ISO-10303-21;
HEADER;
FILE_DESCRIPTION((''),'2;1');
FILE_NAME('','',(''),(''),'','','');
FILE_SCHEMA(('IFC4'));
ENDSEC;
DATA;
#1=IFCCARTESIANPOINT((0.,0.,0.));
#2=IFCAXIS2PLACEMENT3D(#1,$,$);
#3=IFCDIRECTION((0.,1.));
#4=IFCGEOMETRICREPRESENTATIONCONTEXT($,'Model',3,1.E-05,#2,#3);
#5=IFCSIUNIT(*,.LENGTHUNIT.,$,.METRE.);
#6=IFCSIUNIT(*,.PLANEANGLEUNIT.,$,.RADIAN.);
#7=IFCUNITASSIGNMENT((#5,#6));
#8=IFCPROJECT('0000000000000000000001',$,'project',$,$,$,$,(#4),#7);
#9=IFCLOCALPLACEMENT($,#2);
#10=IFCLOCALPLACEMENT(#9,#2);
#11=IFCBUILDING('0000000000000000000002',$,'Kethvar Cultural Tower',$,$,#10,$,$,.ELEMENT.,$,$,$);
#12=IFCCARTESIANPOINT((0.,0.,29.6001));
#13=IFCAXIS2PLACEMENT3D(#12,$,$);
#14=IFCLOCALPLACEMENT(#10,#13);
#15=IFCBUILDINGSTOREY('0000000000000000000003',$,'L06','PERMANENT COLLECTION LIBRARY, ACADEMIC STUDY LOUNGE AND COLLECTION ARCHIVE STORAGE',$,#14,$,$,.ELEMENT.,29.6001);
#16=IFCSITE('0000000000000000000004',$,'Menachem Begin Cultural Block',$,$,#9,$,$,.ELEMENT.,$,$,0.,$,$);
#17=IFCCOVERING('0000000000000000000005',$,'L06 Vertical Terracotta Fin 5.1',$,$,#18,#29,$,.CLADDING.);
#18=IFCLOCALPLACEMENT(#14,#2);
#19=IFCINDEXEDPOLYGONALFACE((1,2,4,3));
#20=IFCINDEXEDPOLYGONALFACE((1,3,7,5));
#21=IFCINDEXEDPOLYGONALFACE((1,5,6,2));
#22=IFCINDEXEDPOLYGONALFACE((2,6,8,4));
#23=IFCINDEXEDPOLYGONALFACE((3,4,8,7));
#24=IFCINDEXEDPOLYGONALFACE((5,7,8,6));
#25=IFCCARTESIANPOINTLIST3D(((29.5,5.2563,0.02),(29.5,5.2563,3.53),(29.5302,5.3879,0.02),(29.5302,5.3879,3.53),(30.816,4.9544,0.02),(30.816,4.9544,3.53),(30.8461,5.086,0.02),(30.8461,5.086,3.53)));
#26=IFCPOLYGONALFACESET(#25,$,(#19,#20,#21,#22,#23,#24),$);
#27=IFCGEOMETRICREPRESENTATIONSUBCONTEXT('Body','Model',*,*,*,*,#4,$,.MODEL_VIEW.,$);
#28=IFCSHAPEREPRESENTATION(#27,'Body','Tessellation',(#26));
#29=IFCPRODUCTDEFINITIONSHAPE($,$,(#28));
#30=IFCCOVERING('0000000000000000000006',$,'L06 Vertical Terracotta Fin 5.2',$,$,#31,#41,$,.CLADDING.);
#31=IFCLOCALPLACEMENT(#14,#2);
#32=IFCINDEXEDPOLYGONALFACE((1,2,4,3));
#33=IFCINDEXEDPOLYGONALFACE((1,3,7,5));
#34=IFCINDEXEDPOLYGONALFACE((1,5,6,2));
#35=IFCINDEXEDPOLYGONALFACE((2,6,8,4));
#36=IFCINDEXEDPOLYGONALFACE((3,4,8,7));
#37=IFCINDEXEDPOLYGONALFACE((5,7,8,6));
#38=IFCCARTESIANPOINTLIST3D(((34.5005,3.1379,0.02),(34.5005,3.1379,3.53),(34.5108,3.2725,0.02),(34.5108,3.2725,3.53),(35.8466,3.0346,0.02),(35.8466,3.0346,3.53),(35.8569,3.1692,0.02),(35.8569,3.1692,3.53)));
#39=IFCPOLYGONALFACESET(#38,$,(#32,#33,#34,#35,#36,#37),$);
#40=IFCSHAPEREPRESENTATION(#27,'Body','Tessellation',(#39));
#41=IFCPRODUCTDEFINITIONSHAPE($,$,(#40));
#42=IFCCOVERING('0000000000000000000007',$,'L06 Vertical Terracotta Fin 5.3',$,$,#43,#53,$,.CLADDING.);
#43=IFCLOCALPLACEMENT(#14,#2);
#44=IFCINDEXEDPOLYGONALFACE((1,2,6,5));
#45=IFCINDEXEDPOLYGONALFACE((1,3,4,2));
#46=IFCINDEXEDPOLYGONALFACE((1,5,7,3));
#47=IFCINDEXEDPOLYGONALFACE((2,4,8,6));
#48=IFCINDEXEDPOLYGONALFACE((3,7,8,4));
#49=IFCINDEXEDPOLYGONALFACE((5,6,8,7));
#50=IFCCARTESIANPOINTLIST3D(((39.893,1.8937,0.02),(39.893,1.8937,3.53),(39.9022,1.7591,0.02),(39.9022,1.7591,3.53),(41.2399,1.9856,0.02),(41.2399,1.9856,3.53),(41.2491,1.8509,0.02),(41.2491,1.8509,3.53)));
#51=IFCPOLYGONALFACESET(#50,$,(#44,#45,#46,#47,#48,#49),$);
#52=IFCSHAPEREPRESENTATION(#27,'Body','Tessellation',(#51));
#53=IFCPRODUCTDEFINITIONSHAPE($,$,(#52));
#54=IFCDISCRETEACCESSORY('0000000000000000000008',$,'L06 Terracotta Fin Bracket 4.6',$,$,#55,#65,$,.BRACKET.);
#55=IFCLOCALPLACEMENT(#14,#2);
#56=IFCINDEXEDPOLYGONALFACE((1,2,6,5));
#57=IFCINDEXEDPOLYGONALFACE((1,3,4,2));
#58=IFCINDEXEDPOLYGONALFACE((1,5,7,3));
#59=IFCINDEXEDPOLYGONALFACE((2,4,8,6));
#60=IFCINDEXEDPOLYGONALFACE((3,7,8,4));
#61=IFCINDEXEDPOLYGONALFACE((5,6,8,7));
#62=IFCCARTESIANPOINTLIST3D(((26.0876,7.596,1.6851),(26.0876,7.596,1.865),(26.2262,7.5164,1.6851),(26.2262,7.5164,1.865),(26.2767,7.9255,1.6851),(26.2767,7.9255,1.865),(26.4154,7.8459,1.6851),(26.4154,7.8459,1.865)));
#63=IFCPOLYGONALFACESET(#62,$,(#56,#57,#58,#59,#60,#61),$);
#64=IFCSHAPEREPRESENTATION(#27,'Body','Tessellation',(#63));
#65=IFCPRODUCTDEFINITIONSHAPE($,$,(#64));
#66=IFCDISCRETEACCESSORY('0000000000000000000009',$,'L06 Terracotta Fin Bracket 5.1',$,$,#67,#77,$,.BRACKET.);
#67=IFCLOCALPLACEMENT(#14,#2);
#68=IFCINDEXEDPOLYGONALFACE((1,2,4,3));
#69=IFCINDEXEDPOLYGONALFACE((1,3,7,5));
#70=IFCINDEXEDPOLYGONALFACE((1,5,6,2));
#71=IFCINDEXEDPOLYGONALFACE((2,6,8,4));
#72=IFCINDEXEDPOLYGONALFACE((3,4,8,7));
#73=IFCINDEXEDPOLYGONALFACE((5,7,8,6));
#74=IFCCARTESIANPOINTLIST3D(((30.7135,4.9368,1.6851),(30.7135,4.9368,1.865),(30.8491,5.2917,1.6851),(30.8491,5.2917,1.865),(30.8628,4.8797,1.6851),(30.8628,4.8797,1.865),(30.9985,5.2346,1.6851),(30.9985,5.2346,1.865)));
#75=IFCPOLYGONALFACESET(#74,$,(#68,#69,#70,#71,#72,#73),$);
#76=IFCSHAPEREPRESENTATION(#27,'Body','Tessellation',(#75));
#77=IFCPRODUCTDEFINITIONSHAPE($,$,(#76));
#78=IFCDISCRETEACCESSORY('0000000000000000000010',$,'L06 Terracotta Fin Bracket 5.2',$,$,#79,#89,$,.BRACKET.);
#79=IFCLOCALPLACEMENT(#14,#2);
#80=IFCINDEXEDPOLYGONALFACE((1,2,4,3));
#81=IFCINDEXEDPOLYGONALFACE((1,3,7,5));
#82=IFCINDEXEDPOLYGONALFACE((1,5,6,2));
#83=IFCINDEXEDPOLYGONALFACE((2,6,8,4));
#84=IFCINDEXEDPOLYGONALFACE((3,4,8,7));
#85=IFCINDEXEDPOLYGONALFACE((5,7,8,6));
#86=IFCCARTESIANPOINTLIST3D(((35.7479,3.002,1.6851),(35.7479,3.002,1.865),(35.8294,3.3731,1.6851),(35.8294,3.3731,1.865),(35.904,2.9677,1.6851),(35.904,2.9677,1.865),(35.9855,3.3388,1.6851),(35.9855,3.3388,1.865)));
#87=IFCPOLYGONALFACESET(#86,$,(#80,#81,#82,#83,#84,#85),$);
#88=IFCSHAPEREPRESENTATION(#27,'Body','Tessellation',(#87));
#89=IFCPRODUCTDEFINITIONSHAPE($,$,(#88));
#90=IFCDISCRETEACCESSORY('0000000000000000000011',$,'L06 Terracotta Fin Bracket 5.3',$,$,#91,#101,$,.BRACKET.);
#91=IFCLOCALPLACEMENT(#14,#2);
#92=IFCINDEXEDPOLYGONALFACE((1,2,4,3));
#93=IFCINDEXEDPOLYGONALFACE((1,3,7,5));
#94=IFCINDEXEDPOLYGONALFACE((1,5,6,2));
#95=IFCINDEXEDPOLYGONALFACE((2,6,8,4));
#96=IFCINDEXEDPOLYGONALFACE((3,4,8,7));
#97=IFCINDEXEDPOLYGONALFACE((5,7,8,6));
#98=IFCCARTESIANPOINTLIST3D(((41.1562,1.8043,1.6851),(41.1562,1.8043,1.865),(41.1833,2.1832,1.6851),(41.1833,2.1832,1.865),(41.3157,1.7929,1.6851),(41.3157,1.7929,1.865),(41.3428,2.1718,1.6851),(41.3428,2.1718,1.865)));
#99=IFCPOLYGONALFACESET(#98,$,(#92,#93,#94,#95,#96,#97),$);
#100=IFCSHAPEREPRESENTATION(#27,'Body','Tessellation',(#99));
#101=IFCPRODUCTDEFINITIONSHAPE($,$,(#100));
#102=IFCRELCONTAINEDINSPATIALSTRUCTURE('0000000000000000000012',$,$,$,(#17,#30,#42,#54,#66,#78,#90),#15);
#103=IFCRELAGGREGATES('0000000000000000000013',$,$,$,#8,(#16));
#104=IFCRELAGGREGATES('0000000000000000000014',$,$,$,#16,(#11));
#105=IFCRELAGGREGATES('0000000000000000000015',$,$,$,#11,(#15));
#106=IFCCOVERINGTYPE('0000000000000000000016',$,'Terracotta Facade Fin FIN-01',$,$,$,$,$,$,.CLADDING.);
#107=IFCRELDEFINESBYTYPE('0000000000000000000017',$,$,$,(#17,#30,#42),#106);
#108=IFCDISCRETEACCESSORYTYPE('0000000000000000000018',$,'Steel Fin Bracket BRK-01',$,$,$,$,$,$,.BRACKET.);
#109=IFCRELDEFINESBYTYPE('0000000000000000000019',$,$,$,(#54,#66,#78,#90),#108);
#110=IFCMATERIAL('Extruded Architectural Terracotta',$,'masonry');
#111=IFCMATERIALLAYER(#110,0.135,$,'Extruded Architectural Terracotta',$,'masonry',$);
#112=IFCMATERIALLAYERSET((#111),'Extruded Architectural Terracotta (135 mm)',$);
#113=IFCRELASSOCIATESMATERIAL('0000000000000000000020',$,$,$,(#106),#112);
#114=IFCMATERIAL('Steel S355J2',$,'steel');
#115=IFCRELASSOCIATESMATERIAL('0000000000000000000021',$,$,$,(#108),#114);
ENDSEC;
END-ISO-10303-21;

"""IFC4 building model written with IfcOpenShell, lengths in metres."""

from ifc_helpers import new_model, si_unit, direction, frame, origin, origin_2d, place, context, subcontext, project, spatial, rectangle, extrude, source, transform, mapped, material, layer, layer_set, type_object, element, save


model = new_model("IFC4")

# Units and contexts
model_context = context("Model", 3, precision=1e-05, world=origin(), true_north=direction((0.0, 1.0)))
body_context = subcontext(model_context, "Body", "Model", "MODEL_VIEW")
ifc_project = project(units=[si_unit("LENGTHUNIT", "METRE"), si_unit("PLANEANGLEUNIT", "RADIAN")], contexts=[model_context])

# Site, building, storey
site_placement = place(None, origin())
site = spatial("IfcSite", under=ifc_project, at=site_placement, Name="Menachem Begin Cultural Block", CompositionType="ELEMENT", RefElevation=0.0)
building_placement = place(site_placement, origin())
building = spatial("IfcBuilding", under=site, at=building_placement, Name="Kethvar Cultural Tower", CompositionType="ELEMENT")
storey_placement = place(building_placement, frame((0.0, 0.0, 29.6001)))
storey = spatial("IfcBuildingStorey", under=building, at=storey_placement, Name="L06", Description="PERMANENT COLLECTION LIBRARY, ACADEMIC STUDY LOUNGE AND COLLECTION ARCHIVE STORAGE", CompositionType="ELEMENT", Elevation=29.6001)

# Shared definitions
ifc_material_1 = material(Name="Steel S355J2", Category="steel")

# Coverings
ifc_material_2 = material(Name="Extruded Architectural Terracotta", Category="masonry")
ifc_layer_1 = layer(ifc_material_2, 0.135, Name="Extruded Architectural Terracotta", Category="masonry")
ifc_layer_set_1 = layer_set([ifc_layer_1], Name="Extruded Architectural Terracotta (135 mm)")
covering_type = type_object("IfcCoveringType", Name="Terracotta Facade Fin FIN-01", PredefinedType="CLADDING", material=ifc_layer_set_1)
shared_shape_1 = source(origin(), body_context, "Body", "SweptSolid", [
    extrude(rectangle(XDim=1.3501, YDim=0.135, at=origin_2d()), origin(), (0.0, 0.0, 1.0), 3.51),
])
for number, where, z_axis, x_axis, name in (
    (1, (30.1731, 5.1711, 0.02), (0.0, 0.0, 1.0), (-0.974683, 0.22359, 0.0), "L06 Vertical Terracotta Fin 5.1"),
    (2, (35.1787, 3.1536, 0.02), (0.0, 0.0, 1.0), (-0.997066, 0.076545, 0.0), "L06 Vertical Terracotta Fin 5.2"),
    (3, (40.571, 1.8723, 0.02), (0.0, 0.0, 1.0), (-0.997684, -0.068015, 0.0), "L06 Vertical Terracotta Fin 5.3"),
):
    element("IfcCovering", number, at=place(storey_placement, frame(where, z_axis=z_axis, x_axis=x_axis)), inside=storey, type_object=covering_type, Name=name, PredefinedType="CLADDING", context=body_context, shape_type="MappedRepresentation", body=[
        mapped(shared_shape_1, transform((0.0, 0.0, 0.0), scale=1.0)),
    ])

# Discrete accessories
discrete_accessory_type = type_object("IfcDiscreteAccessoryType", Name="Steel Fin Bracket BRK-01", PredefinedType="BRACKET", material=ifc_material_1)
shared_shape_2 = source(origin(), body_context, "Body", "SweptSolid", [
    extrude(rectangle(XDim=0.3799, YDim=0.1599, at=origin_2d()), origin(), (0.0, 0.0, 1.0), 0.1799),
])
for number, where, z_axis, x_axis, name in (
    (4, (26.2515, 7.7209, 1.6851), (0.0, 0.0, 1.0), (-0.497882, -0.867245, 0.0), "L06 Terracotta Fin Bracket 4.6"),
    (5, (30.856, 5.0857, 1.6851), (0.0, 0.0, 1.0), (-0.357064, -0.93408, 0.0), "L06 Terracotta Fin Bracket 5.1"),
    (6, (35.8667, 3.1704, 1.6851), (0.0, 0.0, 1.0), (-0.214565, -0.97671, 0.0), "L06 Terracotta Fin Bracket 5.2"),
    (7, (41.2495, 1.988, 1.6851), (0.0, 0.0, 1.0), (-0.071497, -0.997441, 0.0), "L06 Terracotta Fin Bracket 5.3"),
):
    element("IfcDiscreteAccessory", number, at=place(storey_placement, frame(where, z_axis=z_axis, x_axis=x_axis)), inside=storey, type_object=discrete_accessory_type, Name=name, PredefinedType="BRACKET", context=body_context, shape_type="MappedRepresentation", body=[
        mapped(shared_shape_2, transform((0.0, 0.0, 0.0), scale=1.0)),
    ])

save(model, "model.ifc")
